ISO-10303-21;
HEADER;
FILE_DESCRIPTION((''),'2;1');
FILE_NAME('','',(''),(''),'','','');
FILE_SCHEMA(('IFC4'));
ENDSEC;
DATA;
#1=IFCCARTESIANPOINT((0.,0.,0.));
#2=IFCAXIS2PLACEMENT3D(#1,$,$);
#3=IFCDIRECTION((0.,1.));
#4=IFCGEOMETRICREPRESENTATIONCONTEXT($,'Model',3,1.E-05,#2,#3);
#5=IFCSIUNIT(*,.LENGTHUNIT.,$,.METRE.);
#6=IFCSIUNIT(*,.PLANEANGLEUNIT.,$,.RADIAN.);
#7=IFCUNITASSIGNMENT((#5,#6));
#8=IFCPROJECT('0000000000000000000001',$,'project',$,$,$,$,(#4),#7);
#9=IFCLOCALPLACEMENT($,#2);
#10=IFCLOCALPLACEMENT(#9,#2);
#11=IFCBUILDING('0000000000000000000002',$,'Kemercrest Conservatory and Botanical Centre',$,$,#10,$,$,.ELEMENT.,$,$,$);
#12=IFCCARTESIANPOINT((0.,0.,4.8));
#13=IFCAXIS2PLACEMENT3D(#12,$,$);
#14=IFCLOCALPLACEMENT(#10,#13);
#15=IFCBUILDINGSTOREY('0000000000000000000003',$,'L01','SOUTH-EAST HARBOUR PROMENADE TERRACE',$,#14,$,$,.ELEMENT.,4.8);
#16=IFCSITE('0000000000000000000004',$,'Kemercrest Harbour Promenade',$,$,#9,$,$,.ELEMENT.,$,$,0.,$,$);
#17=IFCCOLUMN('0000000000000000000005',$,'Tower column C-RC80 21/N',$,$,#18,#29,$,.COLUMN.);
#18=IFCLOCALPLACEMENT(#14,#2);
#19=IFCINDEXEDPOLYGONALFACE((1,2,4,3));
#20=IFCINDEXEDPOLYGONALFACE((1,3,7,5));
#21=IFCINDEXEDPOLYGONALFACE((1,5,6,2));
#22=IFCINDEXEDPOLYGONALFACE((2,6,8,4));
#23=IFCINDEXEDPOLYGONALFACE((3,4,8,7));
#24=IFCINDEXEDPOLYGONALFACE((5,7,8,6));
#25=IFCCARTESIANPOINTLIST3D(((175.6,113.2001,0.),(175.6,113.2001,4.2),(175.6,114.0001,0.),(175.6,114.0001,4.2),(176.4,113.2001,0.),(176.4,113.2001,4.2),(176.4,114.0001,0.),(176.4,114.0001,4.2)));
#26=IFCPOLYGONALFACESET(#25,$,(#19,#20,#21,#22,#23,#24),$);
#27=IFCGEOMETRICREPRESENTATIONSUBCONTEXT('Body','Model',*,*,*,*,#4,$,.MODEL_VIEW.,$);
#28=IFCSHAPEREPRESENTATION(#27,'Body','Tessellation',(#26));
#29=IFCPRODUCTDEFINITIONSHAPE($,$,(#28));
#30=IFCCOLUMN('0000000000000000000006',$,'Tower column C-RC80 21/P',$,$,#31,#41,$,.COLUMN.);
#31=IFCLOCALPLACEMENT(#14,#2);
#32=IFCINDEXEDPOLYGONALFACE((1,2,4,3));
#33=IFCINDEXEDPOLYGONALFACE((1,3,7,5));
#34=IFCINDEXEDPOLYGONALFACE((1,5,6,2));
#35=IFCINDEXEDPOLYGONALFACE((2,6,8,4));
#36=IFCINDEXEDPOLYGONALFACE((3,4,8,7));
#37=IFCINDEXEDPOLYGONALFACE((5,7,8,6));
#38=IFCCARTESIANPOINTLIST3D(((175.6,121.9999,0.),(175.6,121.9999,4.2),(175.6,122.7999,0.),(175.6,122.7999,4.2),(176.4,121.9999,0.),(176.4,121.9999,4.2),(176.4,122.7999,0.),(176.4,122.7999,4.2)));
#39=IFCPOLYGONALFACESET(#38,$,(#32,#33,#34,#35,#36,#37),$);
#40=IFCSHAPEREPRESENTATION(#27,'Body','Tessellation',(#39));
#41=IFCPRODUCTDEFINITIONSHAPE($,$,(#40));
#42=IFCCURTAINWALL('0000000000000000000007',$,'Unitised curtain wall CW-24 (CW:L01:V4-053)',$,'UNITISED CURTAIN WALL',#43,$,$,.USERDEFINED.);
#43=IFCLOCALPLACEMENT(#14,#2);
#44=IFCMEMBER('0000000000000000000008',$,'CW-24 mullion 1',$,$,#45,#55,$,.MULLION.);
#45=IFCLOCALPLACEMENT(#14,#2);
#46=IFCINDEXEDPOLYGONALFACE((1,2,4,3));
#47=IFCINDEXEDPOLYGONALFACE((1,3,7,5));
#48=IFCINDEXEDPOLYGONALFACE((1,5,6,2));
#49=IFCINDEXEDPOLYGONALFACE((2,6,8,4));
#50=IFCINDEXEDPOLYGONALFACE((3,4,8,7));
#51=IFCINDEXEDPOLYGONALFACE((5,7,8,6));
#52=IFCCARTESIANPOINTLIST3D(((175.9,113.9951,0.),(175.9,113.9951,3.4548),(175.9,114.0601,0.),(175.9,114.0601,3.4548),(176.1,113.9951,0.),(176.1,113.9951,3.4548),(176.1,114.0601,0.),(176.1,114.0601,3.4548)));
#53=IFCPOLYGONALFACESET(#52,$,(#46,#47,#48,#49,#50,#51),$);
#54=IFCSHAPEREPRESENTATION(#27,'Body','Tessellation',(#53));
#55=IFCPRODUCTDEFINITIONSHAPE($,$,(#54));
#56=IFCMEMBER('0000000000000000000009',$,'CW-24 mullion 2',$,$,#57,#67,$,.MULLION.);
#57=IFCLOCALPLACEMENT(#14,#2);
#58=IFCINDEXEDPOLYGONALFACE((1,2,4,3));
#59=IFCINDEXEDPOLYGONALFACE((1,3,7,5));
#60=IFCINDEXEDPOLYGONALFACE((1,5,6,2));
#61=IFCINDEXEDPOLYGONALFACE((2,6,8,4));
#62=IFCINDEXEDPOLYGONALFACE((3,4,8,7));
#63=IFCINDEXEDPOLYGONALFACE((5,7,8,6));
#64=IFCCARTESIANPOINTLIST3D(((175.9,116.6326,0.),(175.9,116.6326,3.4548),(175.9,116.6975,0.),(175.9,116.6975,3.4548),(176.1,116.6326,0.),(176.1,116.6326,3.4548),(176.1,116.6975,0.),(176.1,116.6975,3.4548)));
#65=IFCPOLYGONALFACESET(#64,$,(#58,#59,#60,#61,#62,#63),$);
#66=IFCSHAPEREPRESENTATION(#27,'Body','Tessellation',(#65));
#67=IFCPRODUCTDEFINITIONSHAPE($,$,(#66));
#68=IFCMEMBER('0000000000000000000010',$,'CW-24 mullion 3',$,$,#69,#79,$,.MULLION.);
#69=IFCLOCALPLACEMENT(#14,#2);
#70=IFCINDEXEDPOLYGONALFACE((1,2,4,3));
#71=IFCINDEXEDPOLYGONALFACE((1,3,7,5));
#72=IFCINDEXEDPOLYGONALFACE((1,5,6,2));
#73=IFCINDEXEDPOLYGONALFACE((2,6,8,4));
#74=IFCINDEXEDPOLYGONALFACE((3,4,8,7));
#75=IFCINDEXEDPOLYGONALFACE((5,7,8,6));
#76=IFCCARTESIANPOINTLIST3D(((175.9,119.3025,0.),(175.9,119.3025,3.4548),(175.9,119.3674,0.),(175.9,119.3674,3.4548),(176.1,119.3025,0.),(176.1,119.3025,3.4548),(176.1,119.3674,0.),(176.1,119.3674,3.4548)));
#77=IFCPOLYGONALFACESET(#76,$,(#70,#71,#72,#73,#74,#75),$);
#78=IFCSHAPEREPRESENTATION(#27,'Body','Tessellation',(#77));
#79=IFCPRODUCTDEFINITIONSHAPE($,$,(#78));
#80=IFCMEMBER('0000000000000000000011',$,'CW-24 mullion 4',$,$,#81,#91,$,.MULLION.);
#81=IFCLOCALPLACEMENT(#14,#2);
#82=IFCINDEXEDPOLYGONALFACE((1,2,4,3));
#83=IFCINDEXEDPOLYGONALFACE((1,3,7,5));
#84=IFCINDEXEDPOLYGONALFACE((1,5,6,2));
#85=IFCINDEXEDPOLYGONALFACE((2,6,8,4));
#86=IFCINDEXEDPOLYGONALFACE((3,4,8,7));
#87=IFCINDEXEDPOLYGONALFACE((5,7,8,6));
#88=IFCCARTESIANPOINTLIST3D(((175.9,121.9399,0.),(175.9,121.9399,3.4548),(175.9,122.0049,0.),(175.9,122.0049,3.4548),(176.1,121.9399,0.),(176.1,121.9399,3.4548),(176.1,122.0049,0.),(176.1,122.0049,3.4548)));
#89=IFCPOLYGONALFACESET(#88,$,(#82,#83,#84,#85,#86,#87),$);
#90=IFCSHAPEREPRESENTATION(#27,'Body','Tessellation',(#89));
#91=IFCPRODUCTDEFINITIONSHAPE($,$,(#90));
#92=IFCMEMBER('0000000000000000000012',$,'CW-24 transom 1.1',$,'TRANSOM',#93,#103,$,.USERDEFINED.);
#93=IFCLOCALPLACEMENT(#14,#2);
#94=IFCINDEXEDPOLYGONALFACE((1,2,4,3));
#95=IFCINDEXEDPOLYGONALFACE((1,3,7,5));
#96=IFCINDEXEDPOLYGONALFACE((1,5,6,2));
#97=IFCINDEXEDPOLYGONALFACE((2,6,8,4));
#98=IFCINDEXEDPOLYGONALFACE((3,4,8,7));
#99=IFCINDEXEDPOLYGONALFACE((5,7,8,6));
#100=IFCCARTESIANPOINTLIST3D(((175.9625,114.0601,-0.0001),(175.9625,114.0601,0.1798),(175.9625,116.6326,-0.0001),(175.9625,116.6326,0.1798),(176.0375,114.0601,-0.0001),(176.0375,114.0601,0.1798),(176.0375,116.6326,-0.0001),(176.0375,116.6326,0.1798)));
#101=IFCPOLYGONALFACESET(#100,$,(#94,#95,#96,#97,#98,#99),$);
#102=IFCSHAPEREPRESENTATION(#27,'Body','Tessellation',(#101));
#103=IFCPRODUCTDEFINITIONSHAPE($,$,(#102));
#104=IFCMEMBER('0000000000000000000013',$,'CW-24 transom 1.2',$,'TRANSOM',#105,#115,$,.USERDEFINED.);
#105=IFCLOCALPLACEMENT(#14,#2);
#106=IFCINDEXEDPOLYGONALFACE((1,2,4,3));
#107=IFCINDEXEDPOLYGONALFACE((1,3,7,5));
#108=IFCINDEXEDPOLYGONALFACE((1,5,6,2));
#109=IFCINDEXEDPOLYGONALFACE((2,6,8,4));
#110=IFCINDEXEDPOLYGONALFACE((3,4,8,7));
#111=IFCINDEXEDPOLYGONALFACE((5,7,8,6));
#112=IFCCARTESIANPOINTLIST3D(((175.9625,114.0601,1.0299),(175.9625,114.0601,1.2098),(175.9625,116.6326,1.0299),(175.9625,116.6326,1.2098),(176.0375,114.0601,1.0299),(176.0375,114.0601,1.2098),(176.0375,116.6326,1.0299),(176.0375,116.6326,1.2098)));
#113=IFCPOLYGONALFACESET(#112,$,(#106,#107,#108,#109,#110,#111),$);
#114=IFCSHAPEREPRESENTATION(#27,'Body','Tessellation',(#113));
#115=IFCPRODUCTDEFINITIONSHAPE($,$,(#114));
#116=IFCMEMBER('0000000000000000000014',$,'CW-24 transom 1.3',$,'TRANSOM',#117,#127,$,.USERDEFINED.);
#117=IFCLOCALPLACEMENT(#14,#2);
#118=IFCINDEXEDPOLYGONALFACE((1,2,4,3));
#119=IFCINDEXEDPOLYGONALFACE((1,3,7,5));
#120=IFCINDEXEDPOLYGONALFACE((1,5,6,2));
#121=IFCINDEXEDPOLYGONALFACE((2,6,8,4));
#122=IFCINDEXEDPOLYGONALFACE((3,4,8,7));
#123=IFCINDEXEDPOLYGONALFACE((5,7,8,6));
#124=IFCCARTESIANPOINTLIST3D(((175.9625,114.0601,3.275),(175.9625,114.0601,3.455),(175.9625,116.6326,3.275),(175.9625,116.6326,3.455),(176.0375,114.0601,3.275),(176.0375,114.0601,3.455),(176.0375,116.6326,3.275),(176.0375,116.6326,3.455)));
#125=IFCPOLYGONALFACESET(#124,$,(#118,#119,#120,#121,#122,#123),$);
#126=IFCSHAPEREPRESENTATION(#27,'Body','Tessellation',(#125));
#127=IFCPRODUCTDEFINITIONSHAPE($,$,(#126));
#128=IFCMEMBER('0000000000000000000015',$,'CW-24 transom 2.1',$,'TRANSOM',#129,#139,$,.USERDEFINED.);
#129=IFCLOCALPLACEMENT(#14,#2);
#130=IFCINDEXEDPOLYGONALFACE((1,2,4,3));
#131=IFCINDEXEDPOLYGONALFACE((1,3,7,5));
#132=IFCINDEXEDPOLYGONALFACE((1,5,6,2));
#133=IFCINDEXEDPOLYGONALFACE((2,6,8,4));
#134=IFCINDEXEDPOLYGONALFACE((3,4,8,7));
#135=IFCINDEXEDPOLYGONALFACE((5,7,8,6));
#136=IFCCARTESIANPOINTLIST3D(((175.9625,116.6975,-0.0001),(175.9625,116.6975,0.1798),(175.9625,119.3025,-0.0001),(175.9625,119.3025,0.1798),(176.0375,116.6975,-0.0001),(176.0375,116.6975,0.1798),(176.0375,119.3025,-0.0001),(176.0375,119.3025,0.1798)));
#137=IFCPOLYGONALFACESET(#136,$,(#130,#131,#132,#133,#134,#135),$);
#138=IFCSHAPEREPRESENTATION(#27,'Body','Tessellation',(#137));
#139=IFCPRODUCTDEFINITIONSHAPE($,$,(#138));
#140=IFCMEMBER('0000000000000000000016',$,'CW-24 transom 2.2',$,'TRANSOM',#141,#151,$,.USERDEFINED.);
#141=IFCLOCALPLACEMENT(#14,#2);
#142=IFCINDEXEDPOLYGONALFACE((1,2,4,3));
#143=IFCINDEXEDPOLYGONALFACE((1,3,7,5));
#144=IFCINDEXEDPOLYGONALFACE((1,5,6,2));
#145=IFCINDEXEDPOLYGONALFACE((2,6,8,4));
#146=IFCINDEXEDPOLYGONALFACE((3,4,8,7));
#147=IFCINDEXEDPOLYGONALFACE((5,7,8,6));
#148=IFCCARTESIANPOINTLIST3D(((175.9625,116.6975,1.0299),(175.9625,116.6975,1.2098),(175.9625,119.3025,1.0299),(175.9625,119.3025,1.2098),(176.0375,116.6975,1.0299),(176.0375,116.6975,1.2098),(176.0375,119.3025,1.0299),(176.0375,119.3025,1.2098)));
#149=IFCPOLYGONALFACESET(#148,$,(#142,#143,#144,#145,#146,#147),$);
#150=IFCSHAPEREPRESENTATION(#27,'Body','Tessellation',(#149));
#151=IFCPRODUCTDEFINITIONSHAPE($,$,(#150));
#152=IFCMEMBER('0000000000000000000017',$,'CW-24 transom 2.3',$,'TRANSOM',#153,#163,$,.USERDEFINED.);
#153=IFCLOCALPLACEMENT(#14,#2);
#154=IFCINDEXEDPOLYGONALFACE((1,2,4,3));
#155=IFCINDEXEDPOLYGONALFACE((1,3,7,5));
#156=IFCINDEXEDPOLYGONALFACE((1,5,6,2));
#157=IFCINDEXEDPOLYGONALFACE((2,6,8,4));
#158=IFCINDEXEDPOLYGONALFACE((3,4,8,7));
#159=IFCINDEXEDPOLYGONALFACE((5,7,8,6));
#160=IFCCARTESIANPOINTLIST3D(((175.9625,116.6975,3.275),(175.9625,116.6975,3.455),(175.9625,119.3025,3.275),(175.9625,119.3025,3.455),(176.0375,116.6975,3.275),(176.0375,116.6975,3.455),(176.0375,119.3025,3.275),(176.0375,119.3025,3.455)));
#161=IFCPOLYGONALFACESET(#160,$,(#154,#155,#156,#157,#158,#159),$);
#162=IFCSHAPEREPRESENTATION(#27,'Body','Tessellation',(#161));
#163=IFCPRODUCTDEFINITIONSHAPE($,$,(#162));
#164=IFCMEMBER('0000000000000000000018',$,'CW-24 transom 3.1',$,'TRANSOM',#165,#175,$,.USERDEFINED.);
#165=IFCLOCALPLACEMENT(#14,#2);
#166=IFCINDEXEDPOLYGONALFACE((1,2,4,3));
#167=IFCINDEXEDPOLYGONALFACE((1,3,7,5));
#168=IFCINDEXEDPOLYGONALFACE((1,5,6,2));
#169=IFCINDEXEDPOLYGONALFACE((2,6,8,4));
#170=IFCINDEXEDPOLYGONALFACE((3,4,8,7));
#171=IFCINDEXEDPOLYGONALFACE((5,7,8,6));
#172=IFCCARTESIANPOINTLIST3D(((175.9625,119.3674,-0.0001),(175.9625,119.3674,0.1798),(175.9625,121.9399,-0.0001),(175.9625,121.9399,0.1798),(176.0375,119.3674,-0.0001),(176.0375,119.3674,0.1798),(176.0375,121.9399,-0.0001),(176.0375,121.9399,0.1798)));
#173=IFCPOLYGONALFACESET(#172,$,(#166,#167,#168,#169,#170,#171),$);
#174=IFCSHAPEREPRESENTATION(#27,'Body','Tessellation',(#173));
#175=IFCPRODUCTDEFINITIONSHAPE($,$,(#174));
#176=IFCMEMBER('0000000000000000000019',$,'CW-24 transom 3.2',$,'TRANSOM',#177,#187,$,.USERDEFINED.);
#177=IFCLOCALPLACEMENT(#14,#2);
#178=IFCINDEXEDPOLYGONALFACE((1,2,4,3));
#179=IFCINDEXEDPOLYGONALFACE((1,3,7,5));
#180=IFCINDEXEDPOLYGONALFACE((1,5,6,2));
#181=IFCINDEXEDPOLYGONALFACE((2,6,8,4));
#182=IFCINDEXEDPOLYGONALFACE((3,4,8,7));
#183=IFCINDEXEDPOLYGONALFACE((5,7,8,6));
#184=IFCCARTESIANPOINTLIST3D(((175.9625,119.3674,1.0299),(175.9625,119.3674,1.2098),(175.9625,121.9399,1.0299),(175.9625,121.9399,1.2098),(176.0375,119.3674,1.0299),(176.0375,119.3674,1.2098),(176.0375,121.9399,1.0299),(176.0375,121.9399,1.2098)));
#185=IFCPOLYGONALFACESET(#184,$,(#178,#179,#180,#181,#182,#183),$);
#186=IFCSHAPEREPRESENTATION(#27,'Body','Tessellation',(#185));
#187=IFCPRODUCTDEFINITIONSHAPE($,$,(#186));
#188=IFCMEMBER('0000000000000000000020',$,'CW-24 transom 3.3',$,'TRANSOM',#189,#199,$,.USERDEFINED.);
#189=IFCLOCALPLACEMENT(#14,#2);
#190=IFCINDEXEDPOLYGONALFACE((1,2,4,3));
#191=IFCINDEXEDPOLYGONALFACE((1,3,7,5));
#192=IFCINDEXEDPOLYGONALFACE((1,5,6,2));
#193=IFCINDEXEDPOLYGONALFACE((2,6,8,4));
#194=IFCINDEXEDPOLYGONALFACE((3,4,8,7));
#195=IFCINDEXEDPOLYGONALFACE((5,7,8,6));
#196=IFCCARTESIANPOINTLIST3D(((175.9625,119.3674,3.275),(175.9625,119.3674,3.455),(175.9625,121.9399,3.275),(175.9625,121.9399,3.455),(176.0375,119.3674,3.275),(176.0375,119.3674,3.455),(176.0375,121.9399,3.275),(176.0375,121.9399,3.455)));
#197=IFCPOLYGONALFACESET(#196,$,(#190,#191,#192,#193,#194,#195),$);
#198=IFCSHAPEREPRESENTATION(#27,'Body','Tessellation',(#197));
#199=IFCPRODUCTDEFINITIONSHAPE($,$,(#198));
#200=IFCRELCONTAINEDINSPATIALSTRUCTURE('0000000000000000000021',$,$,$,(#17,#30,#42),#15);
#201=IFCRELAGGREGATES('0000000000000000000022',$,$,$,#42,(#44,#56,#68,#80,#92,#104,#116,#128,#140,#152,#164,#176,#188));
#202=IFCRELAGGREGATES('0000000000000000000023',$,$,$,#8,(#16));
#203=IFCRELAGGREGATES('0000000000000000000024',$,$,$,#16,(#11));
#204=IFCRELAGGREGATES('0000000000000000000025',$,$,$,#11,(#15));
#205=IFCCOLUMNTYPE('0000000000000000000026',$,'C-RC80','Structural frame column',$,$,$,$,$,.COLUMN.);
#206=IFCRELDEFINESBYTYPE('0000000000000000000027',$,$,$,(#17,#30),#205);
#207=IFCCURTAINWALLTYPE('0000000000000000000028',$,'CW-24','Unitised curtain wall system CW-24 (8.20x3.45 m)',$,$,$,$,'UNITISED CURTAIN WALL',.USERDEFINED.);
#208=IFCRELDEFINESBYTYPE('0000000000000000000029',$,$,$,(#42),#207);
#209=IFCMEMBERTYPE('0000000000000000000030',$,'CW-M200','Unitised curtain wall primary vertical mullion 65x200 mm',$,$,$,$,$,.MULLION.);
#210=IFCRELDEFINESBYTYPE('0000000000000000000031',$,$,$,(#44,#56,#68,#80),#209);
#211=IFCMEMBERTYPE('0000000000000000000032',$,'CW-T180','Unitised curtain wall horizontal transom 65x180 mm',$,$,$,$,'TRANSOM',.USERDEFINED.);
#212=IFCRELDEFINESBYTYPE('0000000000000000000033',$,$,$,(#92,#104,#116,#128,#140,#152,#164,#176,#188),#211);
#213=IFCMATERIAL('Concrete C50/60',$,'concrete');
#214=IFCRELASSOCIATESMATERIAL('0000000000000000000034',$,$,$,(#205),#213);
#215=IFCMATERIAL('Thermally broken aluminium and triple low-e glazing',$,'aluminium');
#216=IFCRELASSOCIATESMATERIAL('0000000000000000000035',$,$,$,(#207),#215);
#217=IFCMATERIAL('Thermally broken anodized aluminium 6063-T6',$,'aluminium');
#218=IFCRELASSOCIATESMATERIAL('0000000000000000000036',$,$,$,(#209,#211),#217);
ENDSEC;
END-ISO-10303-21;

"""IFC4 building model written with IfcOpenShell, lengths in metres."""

from ifc_helpers import new_model, si_unit, direction, frame, origin, origin_2d, place, context, subcontext, project, spatial, rectangle, extrude, material, material_profile, profile_set, type_object, element, aggregate, save


model = new_model("IFC4")

# Units and contexts
model_context = context("Model", 3, precision=1e-05, world=origin(), true_north=direction((0.0, 1.0)))
body_context = subcontext(model_context, "Body", "Model", "MODEL_VIEW")
ifc_project = project(units=[si_unit("LENGTHUNIT", "METRE"), si_unit("PLANEANGLEUNIT", "RADIAN")], contexts=[model_context])

# Site, building, storey
site_placement = place(None, origin())
site = spatial("IfcSite", under=ifc_project, at=site_placement, Name="Kemercrest Harbour Promenade", CompositionType="ELEMENT", RefElevation=0.0)
building_placement = place(site_placement, origin())
building = spatial("IfcBuilding", under=site, at=building_placement, Name="Kemercrest Conservatory and Botanical Centre", CompositionType="ELEMENT")
storey_placement = place(building_placement, frame((0.0, 0.0, 4.8)))
storey = spatial("IfcBuildingStorey", under=building, at=storey_placement, Name="L01", Description="SOUTH-EAST HARBOUR PROMENADE TERRACE", CompositionType="ELEMENT", Elevation=4.8)

# Columns
ifc_material_1 = material(Name="Concrete C50/60", Category="concrete")
ifc_material_profile_1 = material_profile(ifc_material_1, rectangle(XDim=0.8, YDim=0.8, at=origin_2d()), Name="RC 800x800")
ifc_profile_set_1 = profile_set([ifc_material_profile_1], Name="Concrete C50/60")
column_type = type_object("IfcColumnType", Name="C-RC80", Description="Structural frame column", PredefinedType="COLUMN", material=ifc_profile_set_1)
for number, where, z_axis, x_axis, name in (
    (1, (176.0, 113.6001, 0.0), (0.0, 0.0, 1.0), (1.0, 0.0, 0.0), "Tower column C-RC80 21/N"),
    (2, (176.0, 122.3999, 0.0), (0.0, 0.0, 1.0), (1.0, 0.0, 0.0), "Tower column C-RC80 21/P"),
):
    element("IfcColumn", number, at=place(storey_placement, frame(where, z_axis=z_axis, x_axis=x_axis)), inside=storey, type_object=column_type, Name=name, PredefinedType="COLUMN", context=body_context, shape_type="SweptSolid", body=[
        extrude(rectangle(XDim=0.8, YDim=0.8, at=origin_2d()), origin(), (0.0, 0.0, 1.0), 4.2),
    ])

# Curtain wall, members
ifc_material_2 = material(Name="Thermally broken aluminium and triple low-e glazing", Category="aluminium")
curtain_wall_type = type_object("IfcCurtainWallType", Name="CW-24", Description="Unitised curtain wall system CW-24 (8.20x3.45 m)", ElementType="UNITISED CURTAIN WALL", PredefinedType="USERDEFINED", material=ifc_material_2)
curtain_wall_placement = place(storey_placement, origin())
curtain_wall = element("IfcCurtainWall", 3, at=curtain_wall_placement, inside=storey, type_object=curtain_wall_type, Name="Unitised curtain wall CW-24 (CW:L01:V4-053)", ObjectType="UNITISED CURTAIN WALL", PredefinedType="USERDEFINED")
ifc_material_3 = material(Name="Thermally broken anodized aluminium 6063-T6", Category="aluminium")
ifc_material_profile_2 = material_profile(ifc_material_3, rectangle(XDim=0.2, YDim=0.0649, at=origin_2d()), Name="AL MULLION 65x200")
ifc_profile_set_2 = profile_set([ifc_material_profile_2], Name="Thermally broken anodized aluminium 6063-T6")
member_type_1 = type_object("IfcMemberType", Name="CW-M200", Description="Unitised curtain wall primary vertical mullion 65x200 mm", PredefinedType="MULLION", material=ifc_profile_set_2)
member_1_placement = place(storey_placement, frame((176.0, 114.0276, 0.0), z_axis=(0.0, 0.0, 1.0), x_axis=(-1.0, 0.0, 0.0)))
member_1 = element("IfcMember", 4, at=member_1_placement, type_object=member_type_1, Name="CW-24 mullion 1", PredefinedType="MULLION", context=body_context, shape_type="SweptSolid", body=[
    extrude(rectangle(XDim=0.2, YDim=0.0649, at=origin_2d()), origin(), (0.0, 0.0, 1.0), 3.4548),
])
member_2_placement = place(storey_placement, frame((176.0, 116.665, 0.0), z_axis=(0.0, 0.0, 1.0), x_axis=(-1.0, 0.0, 0.0)))
member_2 = element("IfcMember", 5, at=member_2_placement, type_object=member_type_1, Name="CW-24 mullion 2", PredefinedType="MULLION", context=body_context, shape_type="SweptSolid", body=[
    extrude(rectangle(XDim=0.2, YDim=0.0649, at=origin_2d()), origin(), (0.0, 0.0, 1.0), 3.4548),
])
member_3_placement = place(storey_placement, frame((176.0, 119.335, 0.0), z_axis=(0.0, 0.0, 1.0), x_axis=(-1.0, 0.0, 0.0)))
member_3 = element("IfcMember", 6, at=member_3_placement, type_object=member_type_1, Name="CW-24 mullion 3", PredefinedType="MULLION", context=body_context, shape_type="SweptSolid", body=[
    extrude(rectangle(XDim=0.2, YDim=0.0649, at=origin_2d()), origin(), (0.0, 0.0, 1.0), 3.4548),
])
member_4_placement = place(storey_placement, frame((176.0, 121.9724, 0.0), z_axis=(0.0, 0.0, 1.0), x_axis=(-1.0, 0.0, 0.0)))
member_4 = element("IfcMember", 7, at=member_4_placement, type_object=member_type_1, Name="CW-24 mullion 4", PredefinedType="MULLION", context=body_context, shape_type="SweptSolid", body=[
    extrude(rectangle(XDim=0.2, YDim=0.0649, at=origin_2d()), origin(), (0.0, 0.0, 1.0), 3.4548),
])
ifc_material_profile_3 = material_profile(ifc_material_3, rectangle(XDim=0.075, YDim=0.1799, at=origin_2d()), Name="AL TRANSOM 75x180")
ifc_profile_set_3 = profile_set([ifc_material_profile_3], Name="Thermally broken anodized aluminium 6063-T6")
member_type_2 = type_object("IfcMemberType", Name="CW-T180", Description="Unitised curtain wall horizontal transom 65x180 mm", ElementType="TRANSOM", PredefinedType="USERDEFINED", material=ifc_profile_set_3)
member_5_placement = place(storey_placement, frame((176.0, 114.0601, 0.0898), z_axis=(0.0, 1.0, 0.0), x_axis=(-1.0, 0.0, 0.0)))
member_5 = element("IfcMember", 8, at=member_5_placement, type_object=member_type_2, Name="CW-24 transom 1.1", ObjectType="TRANSOM", PredefinedType="USERDEFINED", context=body_context, shape_type="SweptSolid", body=[
    extrude(rectangle(XDim=0.075, YDim=0.1799, at=origin_2d()), origin(), (0.0, 0.0, 1.0), 2.5725),
])
member_6_placement = place(storey_placement, frame((176.0, 114.0601, 1.1199), z_axis=(0.0, 1.0, 0.0), x_axis=(-1.0, 0.0, 0.0)))
member_6 = element("IfcMember", 9, at=member_6_placement, type_object=member_type_2, Name="CW-24 transom 1.2", ObjectType="TRANSOM", PredefinedType="USERDEFINED", context=body_context, shape_type="SweptSolid", body=[
    extrude(rectangle(XDim=0.075, YDim=0.1799, at=origin_2d()), origin(), (0.0, 0.0, 1.0), 2.5725),
])
member_7_placement = place(storey_placement, frame((176.0, 114.0601, 3.365), z_axis=(0.0, 1.0, 0.0), x_axis=(-1.0, 0.0, 0.0)))
member_7 = element("IfcMember", 10, at=member_7_placement, type_object=member_type_2, Name="CW-24 transom 1.3", ObjectType="TRANSOM", PredefinedType="USERDEFINED", context=body_context, shape_type="SweptSolid", body=[
    extrude(rectangle(XDim=0.075, YDim=0.1799, at=origin_2d()), origin(), (0.0, 0.0, 1.0), 2.5725),
])
member_8_placement = place(storey_placement, frame((176.0, 116.6975, 0.0898), z_axis=(0.0, 1.0, 0.0), x_axis=(-1.0, 0.0, 0.0)))
member_8 = element("IfcMember", 11, at=member_8_placement, type_object=member_type_2, Name="CW-24 transom 2.1", ObjectType="TRANSOM", PredefinedType="USERDEFINED", context=body_context, shape_type="SweptSolid", body=[
    extrude(rectangle(XDim=0.075, YDim=0.1799, at=origin_2d()), origin(), (0.0, 0.0, 1.0), 2.605),
])
member_9_placement = place(storey_placement, frame((176.0, 116.6975, 1.1199), z_axis=(0.0, 1.0, 0.0), x_axis=(-1.0, 0.0, 0.0)))
member_9 = element("IfcMember", 12, at=member_9_placement, type_object=member_type_2, Name="CW-24 transom 2.2", ObjectType="TRANSOM", PredefinedType="USERDEFINED", context=body_context, shape_type="SweptSolid", body=[
    extrude(rectangle(XDim=0.075, YDim=0.1799, at=origin_2d()), origin(), (0.0, 0.0, 1.0), 2.605),
])
member_10_placement = place(storey_placement, frame((176.0, 116.6975, 3.365), z_axis=(0.0, 1.0, 0.0), x_axis=(-1.0, 0.0, 0.0)))
member_10 = element("IfcMember", 13, at=member_10_placement, type_object=member_type_2, Name="CW-24 transom 2.3", ObjectType="TRANSOM", PredefinedType="USERDEFINED", context=body_context, shape_type="SweptSolid", body=[
    extrude(rectangle(XDim=0.075, YDim=0.1799, at=origin_2d()), origin(), (0.0, 0.0, 1.0), 2.605),
])
member_11_placement = place(storey_placement, frame((176.0, 119.3674, 0.0898), z_axis=(0.0, 1.0, 0.0), x_axis=(-1.0, 0.0, 0.0)))
member_11 = element("IfcMember", 14, at=member_11_placement, type_object=member_type_2, Name="CW-24 transom 3.1", ObjectType="TRANSOM", PredefinedType="USERDEFINED", context=body_context, shape_type="SweptSolid", body=[
    extrude(rectangle(XDim=0.075, YDim=0.1799, at=origin_2d()), origin(), (0.0, 0.0, 1.0), 2.5725),
])
member_12_placement = place(storey_placement, frame((176.0, 119.3674, 1.1199), z_axis=(0.0, 1.0, 0.0), x_axis=(-1.0, 0.0, 0.0)))
member_12 = element("IfcMember", 15, at=member_12_placement, type_object=member_type_2, Name="CW-24 transom 3.2", ObjectType="TRANSOM", PredefinedType="USERDEFINED", context=body_context, shape_type="SweptSolid", body=[
    extrude(rectangle(XDim=0.075, YDim=0.1799, at=origin_2d()), origin(), (0.0, 0.0, 1.0), 2.5725),
])
member_13_placement = place(storey_placement, frame((176.0, 119.3674, 3.365), z_axis=(0.0, 1.0, 0.0), x_axis=(-1.0, 0.0, 0.0)))
member_13 = element("IfcMember", 16, at=member_13_placement, type_object=member_type_2, Name="CW-24 transom 3.3", ObjectType="TRANSOM", PredefinedType="USERDEFINED", context=body_context, shape_type="SweptSolid", body=[
    extrude(rectangle(XDim=0.075, YDim=0.1799, at=origin_2d()), origin(), (0.0, 0.0, 1.0), 2.5725),
])

aggregate(curtain_wall, [member_1, member_2, member_3, member_4, member_5, member_6, member_7, member_8, member_9, member_10, member_11, member_12, member_13])

save(model, "model.ifc")
